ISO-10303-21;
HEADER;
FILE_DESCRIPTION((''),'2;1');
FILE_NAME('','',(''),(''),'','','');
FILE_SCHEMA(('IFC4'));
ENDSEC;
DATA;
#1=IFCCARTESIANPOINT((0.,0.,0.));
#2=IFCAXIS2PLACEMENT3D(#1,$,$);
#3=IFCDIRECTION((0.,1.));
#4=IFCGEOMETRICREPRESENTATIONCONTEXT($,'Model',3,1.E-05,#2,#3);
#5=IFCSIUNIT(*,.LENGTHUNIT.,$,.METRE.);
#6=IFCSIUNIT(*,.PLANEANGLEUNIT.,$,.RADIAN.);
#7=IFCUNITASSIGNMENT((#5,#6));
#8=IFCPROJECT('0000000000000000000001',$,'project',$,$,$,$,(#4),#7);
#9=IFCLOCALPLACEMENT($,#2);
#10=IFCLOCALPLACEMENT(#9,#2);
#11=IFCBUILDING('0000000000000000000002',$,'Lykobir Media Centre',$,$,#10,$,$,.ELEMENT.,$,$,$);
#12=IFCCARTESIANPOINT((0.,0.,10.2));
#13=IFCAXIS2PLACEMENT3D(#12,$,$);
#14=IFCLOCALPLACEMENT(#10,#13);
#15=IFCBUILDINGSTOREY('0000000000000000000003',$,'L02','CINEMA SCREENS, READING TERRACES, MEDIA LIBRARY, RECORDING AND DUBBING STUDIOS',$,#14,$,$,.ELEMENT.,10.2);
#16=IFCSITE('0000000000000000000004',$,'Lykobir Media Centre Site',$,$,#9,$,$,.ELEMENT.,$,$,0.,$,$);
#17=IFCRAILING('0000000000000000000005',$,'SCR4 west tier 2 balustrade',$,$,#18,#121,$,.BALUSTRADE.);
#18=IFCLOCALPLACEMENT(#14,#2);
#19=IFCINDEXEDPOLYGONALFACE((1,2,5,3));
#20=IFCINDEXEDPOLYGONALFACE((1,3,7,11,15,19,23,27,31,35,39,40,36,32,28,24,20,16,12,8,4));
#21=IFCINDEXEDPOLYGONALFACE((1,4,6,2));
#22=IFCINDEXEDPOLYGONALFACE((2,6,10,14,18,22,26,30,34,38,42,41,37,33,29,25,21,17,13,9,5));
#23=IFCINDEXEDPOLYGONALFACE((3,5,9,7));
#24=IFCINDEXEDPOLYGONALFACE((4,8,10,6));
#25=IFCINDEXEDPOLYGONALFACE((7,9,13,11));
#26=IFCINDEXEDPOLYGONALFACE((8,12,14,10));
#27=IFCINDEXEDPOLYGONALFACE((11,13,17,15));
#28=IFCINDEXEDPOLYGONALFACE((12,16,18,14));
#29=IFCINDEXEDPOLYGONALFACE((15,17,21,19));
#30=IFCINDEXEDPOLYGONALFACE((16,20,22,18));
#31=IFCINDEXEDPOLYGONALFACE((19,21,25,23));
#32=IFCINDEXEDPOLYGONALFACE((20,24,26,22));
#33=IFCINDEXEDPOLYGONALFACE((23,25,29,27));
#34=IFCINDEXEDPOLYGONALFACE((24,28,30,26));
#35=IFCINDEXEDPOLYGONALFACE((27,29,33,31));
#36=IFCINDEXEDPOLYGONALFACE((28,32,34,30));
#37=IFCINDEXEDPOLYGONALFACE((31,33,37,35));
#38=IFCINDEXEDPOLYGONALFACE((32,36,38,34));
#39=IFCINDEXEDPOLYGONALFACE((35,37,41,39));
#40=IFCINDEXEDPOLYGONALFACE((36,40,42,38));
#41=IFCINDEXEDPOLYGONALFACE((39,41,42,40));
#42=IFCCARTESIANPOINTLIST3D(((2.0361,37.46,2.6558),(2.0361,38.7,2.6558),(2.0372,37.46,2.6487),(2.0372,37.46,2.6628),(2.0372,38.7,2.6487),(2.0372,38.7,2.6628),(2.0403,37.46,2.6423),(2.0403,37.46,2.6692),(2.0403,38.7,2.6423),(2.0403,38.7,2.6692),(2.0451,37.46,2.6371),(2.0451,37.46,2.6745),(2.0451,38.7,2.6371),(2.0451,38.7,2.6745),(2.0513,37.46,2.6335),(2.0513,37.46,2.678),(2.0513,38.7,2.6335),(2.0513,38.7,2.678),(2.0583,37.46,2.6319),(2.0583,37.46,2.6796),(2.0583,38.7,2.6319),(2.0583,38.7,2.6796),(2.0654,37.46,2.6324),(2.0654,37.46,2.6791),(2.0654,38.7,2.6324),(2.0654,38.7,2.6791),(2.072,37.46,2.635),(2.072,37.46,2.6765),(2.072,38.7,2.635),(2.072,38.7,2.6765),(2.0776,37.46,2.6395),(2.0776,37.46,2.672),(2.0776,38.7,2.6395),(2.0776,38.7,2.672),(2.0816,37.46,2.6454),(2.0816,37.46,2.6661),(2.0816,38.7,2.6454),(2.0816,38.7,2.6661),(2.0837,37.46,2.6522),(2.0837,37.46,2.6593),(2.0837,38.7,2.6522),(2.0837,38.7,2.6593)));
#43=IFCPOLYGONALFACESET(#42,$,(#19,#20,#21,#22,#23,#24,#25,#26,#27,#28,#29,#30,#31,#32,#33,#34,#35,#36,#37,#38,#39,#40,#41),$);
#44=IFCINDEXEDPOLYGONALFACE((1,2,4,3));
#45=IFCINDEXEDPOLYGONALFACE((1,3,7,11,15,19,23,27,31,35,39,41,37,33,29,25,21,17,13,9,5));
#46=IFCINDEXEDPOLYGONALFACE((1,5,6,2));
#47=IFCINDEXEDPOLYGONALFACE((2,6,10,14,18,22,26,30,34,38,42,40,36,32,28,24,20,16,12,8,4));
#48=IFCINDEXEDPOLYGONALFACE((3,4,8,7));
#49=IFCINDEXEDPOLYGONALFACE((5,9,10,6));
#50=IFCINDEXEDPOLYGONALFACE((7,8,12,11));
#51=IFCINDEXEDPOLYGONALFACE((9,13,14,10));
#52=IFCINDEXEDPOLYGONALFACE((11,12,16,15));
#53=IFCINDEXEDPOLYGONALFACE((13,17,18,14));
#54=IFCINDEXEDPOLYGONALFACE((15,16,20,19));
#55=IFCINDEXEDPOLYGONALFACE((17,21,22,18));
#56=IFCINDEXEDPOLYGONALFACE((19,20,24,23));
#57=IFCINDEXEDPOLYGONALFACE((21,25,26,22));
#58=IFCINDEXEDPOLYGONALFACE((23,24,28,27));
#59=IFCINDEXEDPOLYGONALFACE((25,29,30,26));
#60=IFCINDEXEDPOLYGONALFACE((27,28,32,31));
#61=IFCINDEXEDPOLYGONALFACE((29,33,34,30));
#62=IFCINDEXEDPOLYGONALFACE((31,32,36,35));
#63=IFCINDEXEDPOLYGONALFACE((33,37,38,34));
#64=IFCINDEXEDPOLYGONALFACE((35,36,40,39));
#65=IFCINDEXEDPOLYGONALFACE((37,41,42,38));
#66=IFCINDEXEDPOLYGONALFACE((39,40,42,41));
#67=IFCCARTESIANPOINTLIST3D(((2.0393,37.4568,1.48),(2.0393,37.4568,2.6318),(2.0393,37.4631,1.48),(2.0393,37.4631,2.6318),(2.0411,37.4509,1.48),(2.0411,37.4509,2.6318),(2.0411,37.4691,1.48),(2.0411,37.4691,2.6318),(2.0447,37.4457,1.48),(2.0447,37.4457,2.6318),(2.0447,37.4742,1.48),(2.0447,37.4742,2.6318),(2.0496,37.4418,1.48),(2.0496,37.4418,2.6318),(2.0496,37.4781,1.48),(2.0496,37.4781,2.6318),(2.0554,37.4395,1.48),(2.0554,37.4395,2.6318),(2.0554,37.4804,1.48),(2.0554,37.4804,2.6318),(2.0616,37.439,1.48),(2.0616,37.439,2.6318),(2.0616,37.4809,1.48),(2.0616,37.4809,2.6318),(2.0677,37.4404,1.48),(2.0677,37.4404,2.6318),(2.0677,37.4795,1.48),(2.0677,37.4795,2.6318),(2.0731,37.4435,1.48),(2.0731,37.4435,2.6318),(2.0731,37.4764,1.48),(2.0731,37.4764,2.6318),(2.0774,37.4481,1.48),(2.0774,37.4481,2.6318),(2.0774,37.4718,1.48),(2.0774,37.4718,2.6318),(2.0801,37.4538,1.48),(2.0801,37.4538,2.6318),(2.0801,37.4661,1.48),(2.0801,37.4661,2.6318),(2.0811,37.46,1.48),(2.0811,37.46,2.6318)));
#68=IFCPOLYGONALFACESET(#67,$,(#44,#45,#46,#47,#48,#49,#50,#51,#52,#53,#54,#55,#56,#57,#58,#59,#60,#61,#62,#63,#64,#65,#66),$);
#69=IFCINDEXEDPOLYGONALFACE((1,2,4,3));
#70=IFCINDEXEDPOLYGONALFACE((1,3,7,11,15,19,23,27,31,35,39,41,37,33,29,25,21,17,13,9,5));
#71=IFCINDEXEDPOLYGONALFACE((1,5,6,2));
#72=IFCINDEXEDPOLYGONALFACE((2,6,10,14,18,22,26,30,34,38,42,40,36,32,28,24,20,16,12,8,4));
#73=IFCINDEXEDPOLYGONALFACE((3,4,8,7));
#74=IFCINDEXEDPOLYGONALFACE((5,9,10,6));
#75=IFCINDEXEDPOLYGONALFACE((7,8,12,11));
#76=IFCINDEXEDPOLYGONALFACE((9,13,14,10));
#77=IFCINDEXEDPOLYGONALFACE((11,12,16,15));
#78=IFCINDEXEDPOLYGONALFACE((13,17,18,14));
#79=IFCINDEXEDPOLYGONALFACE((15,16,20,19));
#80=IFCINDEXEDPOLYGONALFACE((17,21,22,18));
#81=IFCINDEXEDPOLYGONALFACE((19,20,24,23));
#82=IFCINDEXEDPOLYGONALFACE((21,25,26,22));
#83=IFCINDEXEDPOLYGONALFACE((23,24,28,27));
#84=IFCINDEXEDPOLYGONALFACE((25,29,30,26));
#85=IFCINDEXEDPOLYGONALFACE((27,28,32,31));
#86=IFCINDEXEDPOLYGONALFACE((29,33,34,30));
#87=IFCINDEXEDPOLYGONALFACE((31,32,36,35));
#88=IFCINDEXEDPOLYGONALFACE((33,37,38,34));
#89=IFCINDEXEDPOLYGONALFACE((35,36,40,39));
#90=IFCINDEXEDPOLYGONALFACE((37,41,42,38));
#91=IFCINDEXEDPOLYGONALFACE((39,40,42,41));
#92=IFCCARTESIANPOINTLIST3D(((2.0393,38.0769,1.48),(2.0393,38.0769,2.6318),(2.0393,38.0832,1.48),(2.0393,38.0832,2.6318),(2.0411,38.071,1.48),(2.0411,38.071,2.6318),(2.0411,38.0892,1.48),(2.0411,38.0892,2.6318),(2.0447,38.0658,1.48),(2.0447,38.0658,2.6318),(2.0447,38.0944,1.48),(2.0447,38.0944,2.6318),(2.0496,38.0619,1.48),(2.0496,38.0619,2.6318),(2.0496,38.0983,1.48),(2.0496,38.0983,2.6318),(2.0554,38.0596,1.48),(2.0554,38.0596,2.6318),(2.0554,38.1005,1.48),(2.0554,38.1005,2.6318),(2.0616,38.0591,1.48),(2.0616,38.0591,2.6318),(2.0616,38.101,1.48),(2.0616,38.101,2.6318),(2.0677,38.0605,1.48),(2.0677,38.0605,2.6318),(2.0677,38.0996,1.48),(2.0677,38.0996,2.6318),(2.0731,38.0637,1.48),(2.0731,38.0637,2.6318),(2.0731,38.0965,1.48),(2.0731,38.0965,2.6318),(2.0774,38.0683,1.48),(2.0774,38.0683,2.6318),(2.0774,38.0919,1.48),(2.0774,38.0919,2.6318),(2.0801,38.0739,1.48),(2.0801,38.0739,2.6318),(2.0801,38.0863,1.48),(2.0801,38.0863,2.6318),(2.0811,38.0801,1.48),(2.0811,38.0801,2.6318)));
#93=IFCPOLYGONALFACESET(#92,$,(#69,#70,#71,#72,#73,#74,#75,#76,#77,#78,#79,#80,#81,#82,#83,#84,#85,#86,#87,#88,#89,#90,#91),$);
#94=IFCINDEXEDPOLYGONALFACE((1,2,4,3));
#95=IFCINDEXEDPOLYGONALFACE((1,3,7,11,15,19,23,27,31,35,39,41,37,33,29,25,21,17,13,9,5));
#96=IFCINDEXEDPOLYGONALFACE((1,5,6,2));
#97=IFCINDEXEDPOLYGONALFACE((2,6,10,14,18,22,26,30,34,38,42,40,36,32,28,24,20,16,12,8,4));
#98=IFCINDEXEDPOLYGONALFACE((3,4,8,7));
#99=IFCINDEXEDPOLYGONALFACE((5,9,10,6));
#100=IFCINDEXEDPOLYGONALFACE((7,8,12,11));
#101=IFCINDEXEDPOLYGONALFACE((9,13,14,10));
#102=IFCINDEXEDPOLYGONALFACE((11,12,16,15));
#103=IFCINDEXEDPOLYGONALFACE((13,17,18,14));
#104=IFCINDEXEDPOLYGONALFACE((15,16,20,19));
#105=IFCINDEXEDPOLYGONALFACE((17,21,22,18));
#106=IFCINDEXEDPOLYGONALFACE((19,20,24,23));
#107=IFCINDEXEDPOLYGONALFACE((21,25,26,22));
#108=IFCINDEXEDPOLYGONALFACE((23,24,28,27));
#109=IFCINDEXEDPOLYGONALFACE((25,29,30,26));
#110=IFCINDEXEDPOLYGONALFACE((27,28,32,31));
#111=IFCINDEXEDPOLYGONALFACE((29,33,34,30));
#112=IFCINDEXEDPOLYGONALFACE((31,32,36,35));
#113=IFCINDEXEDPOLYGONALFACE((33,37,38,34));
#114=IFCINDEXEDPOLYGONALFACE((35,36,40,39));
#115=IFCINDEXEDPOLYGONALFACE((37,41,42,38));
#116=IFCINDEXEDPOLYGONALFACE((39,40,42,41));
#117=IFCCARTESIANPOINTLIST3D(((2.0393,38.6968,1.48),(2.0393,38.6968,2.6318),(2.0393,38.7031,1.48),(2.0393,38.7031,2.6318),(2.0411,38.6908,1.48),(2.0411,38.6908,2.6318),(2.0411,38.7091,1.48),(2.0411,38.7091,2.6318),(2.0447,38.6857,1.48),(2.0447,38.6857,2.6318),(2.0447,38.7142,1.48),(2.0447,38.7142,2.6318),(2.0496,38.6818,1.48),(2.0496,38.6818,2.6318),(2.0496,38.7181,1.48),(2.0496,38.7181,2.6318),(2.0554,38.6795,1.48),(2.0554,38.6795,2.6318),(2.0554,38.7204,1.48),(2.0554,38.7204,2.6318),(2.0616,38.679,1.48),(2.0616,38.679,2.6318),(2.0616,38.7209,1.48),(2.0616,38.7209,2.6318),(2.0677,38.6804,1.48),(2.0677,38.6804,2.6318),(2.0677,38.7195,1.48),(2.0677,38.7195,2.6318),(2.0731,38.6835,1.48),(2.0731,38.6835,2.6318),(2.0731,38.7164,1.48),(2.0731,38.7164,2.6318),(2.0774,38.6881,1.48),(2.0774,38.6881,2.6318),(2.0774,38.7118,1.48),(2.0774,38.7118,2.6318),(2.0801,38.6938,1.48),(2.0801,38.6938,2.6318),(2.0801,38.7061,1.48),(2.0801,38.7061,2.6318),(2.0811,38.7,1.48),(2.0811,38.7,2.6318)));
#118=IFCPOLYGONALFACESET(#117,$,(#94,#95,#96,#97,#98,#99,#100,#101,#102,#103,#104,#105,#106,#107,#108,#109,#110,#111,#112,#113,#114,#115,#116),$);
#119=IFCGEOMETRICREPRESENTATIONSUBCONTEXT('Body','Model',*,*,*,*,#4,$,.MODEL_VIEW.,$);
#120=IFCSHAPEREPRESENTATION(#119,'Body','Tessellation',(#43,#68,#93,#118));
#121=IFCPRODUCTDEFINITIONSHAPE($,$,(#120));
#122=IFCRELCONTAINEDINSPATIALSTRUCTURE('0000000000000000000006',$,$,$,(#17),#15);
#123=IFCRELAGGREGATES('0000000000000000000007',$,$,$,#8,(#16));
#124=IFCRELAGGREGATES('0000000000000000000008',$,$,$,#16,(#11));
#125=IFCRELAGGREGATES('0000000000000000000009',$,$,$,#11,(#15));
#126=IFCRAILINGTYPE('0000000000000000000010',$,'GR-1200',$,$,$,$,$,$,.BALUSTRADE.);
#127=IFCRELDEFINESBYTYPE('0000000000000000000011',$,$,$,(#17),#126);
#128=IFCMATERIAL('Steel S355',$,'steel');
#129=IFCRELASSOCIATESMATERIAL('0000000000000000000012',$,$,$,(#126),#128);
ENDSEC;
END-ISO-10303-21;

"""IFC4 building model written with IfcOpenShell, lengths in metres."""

from ifc_helpers import new_model, si_unit, direction, frame, origin, origin_2d, place, context, subcontext, project, spatial, circle, extrude, material, type_object, element, save


model = new_model("IFC4")

# Units and contexts
model_context = context("Model", 3, precision=1e-05, world=origin(), true_north=direction((0.0, 1.0)))
body_context = subcontext(model_context, "Body", "Model", "MODEL_VIEW")
ifc_project = project(units=[si_unit("LENGTHUNIT", "METRE"), si_unit("PLANEANGLEUNIT", "RADIAN")], contexts=[model_context])

# Site, building, storey
site_placement = place(None, origin())
site = spatial("IfcSite", under=ifc_project, at=site_placement, Name="Lykobir Media Centre Site", CompositionType="ELEMENT", RefElevation=0.0)
building_placement = place(site_placement, origin())
building = spatial("IfcBuilding", under=site, at=building_placement, Name="Lykobir Media Centre", CompositionType="ELEMENT")
storey_placement = place(building_placement, frame((0.0, 0.0, 10.2)))
storey = spatial("IfcBuildingStorey", under=building, at=storey_placement, Name="L02", Description="CINEMA SCREENS, READING TERRACES, MEDIA LIBRARY, RECORDING AND DUBBING STUDIOS", CompositionType="ELEMENT", Elevation=10.2)

# Shared definitions
ifc_material_1 = material(Name="Steel S355", Category="steel")

# Railing
railing_type = type_object("IfcRailingType", Name="GR-1200", PredefinedType="BALUSTRADE", material=ifc_material_1)
for number, where, name in (
    (1, (2.0601, 37.46, 1.48), "SCR4 west tier 2 balustrade"),
):
    element("IfcRailing", number, at=place(storey_placement, frame(where)), inside=storey, type_object=railing_type, Name=name, PredefinedType="BALUSTRADE", context=body_context, shape_type="SweptSolid", body=[
        extrude(circle(Radius=0.0239, at=origin_2d()), frame((0.0, 0.0, 1.1758), z_axis=(0.0, 1.0, 0.0), x_axis=(-1.0, 0.0, 0.0)), (0.0, 0.0, 1.0), 1.24),
        extrude(circle(Radius=0.021, at=origin_2d()), origin(), (0.0, 0.0, 1.0), 1.1519),
        extrude(circle(Radius=0.021, at=origin_2d()), frame((0.0, 0.6201, 0.0)), (0.0, 0.0, 1.0), 1.1519),
        extrude(circle(Radius=0.021, at=origin_2d()), frame((0.0, 1.24, 0.0)), (0.0, 0.0, 1.0), 1.1519),
    ])

save(model, "model.ifc")
